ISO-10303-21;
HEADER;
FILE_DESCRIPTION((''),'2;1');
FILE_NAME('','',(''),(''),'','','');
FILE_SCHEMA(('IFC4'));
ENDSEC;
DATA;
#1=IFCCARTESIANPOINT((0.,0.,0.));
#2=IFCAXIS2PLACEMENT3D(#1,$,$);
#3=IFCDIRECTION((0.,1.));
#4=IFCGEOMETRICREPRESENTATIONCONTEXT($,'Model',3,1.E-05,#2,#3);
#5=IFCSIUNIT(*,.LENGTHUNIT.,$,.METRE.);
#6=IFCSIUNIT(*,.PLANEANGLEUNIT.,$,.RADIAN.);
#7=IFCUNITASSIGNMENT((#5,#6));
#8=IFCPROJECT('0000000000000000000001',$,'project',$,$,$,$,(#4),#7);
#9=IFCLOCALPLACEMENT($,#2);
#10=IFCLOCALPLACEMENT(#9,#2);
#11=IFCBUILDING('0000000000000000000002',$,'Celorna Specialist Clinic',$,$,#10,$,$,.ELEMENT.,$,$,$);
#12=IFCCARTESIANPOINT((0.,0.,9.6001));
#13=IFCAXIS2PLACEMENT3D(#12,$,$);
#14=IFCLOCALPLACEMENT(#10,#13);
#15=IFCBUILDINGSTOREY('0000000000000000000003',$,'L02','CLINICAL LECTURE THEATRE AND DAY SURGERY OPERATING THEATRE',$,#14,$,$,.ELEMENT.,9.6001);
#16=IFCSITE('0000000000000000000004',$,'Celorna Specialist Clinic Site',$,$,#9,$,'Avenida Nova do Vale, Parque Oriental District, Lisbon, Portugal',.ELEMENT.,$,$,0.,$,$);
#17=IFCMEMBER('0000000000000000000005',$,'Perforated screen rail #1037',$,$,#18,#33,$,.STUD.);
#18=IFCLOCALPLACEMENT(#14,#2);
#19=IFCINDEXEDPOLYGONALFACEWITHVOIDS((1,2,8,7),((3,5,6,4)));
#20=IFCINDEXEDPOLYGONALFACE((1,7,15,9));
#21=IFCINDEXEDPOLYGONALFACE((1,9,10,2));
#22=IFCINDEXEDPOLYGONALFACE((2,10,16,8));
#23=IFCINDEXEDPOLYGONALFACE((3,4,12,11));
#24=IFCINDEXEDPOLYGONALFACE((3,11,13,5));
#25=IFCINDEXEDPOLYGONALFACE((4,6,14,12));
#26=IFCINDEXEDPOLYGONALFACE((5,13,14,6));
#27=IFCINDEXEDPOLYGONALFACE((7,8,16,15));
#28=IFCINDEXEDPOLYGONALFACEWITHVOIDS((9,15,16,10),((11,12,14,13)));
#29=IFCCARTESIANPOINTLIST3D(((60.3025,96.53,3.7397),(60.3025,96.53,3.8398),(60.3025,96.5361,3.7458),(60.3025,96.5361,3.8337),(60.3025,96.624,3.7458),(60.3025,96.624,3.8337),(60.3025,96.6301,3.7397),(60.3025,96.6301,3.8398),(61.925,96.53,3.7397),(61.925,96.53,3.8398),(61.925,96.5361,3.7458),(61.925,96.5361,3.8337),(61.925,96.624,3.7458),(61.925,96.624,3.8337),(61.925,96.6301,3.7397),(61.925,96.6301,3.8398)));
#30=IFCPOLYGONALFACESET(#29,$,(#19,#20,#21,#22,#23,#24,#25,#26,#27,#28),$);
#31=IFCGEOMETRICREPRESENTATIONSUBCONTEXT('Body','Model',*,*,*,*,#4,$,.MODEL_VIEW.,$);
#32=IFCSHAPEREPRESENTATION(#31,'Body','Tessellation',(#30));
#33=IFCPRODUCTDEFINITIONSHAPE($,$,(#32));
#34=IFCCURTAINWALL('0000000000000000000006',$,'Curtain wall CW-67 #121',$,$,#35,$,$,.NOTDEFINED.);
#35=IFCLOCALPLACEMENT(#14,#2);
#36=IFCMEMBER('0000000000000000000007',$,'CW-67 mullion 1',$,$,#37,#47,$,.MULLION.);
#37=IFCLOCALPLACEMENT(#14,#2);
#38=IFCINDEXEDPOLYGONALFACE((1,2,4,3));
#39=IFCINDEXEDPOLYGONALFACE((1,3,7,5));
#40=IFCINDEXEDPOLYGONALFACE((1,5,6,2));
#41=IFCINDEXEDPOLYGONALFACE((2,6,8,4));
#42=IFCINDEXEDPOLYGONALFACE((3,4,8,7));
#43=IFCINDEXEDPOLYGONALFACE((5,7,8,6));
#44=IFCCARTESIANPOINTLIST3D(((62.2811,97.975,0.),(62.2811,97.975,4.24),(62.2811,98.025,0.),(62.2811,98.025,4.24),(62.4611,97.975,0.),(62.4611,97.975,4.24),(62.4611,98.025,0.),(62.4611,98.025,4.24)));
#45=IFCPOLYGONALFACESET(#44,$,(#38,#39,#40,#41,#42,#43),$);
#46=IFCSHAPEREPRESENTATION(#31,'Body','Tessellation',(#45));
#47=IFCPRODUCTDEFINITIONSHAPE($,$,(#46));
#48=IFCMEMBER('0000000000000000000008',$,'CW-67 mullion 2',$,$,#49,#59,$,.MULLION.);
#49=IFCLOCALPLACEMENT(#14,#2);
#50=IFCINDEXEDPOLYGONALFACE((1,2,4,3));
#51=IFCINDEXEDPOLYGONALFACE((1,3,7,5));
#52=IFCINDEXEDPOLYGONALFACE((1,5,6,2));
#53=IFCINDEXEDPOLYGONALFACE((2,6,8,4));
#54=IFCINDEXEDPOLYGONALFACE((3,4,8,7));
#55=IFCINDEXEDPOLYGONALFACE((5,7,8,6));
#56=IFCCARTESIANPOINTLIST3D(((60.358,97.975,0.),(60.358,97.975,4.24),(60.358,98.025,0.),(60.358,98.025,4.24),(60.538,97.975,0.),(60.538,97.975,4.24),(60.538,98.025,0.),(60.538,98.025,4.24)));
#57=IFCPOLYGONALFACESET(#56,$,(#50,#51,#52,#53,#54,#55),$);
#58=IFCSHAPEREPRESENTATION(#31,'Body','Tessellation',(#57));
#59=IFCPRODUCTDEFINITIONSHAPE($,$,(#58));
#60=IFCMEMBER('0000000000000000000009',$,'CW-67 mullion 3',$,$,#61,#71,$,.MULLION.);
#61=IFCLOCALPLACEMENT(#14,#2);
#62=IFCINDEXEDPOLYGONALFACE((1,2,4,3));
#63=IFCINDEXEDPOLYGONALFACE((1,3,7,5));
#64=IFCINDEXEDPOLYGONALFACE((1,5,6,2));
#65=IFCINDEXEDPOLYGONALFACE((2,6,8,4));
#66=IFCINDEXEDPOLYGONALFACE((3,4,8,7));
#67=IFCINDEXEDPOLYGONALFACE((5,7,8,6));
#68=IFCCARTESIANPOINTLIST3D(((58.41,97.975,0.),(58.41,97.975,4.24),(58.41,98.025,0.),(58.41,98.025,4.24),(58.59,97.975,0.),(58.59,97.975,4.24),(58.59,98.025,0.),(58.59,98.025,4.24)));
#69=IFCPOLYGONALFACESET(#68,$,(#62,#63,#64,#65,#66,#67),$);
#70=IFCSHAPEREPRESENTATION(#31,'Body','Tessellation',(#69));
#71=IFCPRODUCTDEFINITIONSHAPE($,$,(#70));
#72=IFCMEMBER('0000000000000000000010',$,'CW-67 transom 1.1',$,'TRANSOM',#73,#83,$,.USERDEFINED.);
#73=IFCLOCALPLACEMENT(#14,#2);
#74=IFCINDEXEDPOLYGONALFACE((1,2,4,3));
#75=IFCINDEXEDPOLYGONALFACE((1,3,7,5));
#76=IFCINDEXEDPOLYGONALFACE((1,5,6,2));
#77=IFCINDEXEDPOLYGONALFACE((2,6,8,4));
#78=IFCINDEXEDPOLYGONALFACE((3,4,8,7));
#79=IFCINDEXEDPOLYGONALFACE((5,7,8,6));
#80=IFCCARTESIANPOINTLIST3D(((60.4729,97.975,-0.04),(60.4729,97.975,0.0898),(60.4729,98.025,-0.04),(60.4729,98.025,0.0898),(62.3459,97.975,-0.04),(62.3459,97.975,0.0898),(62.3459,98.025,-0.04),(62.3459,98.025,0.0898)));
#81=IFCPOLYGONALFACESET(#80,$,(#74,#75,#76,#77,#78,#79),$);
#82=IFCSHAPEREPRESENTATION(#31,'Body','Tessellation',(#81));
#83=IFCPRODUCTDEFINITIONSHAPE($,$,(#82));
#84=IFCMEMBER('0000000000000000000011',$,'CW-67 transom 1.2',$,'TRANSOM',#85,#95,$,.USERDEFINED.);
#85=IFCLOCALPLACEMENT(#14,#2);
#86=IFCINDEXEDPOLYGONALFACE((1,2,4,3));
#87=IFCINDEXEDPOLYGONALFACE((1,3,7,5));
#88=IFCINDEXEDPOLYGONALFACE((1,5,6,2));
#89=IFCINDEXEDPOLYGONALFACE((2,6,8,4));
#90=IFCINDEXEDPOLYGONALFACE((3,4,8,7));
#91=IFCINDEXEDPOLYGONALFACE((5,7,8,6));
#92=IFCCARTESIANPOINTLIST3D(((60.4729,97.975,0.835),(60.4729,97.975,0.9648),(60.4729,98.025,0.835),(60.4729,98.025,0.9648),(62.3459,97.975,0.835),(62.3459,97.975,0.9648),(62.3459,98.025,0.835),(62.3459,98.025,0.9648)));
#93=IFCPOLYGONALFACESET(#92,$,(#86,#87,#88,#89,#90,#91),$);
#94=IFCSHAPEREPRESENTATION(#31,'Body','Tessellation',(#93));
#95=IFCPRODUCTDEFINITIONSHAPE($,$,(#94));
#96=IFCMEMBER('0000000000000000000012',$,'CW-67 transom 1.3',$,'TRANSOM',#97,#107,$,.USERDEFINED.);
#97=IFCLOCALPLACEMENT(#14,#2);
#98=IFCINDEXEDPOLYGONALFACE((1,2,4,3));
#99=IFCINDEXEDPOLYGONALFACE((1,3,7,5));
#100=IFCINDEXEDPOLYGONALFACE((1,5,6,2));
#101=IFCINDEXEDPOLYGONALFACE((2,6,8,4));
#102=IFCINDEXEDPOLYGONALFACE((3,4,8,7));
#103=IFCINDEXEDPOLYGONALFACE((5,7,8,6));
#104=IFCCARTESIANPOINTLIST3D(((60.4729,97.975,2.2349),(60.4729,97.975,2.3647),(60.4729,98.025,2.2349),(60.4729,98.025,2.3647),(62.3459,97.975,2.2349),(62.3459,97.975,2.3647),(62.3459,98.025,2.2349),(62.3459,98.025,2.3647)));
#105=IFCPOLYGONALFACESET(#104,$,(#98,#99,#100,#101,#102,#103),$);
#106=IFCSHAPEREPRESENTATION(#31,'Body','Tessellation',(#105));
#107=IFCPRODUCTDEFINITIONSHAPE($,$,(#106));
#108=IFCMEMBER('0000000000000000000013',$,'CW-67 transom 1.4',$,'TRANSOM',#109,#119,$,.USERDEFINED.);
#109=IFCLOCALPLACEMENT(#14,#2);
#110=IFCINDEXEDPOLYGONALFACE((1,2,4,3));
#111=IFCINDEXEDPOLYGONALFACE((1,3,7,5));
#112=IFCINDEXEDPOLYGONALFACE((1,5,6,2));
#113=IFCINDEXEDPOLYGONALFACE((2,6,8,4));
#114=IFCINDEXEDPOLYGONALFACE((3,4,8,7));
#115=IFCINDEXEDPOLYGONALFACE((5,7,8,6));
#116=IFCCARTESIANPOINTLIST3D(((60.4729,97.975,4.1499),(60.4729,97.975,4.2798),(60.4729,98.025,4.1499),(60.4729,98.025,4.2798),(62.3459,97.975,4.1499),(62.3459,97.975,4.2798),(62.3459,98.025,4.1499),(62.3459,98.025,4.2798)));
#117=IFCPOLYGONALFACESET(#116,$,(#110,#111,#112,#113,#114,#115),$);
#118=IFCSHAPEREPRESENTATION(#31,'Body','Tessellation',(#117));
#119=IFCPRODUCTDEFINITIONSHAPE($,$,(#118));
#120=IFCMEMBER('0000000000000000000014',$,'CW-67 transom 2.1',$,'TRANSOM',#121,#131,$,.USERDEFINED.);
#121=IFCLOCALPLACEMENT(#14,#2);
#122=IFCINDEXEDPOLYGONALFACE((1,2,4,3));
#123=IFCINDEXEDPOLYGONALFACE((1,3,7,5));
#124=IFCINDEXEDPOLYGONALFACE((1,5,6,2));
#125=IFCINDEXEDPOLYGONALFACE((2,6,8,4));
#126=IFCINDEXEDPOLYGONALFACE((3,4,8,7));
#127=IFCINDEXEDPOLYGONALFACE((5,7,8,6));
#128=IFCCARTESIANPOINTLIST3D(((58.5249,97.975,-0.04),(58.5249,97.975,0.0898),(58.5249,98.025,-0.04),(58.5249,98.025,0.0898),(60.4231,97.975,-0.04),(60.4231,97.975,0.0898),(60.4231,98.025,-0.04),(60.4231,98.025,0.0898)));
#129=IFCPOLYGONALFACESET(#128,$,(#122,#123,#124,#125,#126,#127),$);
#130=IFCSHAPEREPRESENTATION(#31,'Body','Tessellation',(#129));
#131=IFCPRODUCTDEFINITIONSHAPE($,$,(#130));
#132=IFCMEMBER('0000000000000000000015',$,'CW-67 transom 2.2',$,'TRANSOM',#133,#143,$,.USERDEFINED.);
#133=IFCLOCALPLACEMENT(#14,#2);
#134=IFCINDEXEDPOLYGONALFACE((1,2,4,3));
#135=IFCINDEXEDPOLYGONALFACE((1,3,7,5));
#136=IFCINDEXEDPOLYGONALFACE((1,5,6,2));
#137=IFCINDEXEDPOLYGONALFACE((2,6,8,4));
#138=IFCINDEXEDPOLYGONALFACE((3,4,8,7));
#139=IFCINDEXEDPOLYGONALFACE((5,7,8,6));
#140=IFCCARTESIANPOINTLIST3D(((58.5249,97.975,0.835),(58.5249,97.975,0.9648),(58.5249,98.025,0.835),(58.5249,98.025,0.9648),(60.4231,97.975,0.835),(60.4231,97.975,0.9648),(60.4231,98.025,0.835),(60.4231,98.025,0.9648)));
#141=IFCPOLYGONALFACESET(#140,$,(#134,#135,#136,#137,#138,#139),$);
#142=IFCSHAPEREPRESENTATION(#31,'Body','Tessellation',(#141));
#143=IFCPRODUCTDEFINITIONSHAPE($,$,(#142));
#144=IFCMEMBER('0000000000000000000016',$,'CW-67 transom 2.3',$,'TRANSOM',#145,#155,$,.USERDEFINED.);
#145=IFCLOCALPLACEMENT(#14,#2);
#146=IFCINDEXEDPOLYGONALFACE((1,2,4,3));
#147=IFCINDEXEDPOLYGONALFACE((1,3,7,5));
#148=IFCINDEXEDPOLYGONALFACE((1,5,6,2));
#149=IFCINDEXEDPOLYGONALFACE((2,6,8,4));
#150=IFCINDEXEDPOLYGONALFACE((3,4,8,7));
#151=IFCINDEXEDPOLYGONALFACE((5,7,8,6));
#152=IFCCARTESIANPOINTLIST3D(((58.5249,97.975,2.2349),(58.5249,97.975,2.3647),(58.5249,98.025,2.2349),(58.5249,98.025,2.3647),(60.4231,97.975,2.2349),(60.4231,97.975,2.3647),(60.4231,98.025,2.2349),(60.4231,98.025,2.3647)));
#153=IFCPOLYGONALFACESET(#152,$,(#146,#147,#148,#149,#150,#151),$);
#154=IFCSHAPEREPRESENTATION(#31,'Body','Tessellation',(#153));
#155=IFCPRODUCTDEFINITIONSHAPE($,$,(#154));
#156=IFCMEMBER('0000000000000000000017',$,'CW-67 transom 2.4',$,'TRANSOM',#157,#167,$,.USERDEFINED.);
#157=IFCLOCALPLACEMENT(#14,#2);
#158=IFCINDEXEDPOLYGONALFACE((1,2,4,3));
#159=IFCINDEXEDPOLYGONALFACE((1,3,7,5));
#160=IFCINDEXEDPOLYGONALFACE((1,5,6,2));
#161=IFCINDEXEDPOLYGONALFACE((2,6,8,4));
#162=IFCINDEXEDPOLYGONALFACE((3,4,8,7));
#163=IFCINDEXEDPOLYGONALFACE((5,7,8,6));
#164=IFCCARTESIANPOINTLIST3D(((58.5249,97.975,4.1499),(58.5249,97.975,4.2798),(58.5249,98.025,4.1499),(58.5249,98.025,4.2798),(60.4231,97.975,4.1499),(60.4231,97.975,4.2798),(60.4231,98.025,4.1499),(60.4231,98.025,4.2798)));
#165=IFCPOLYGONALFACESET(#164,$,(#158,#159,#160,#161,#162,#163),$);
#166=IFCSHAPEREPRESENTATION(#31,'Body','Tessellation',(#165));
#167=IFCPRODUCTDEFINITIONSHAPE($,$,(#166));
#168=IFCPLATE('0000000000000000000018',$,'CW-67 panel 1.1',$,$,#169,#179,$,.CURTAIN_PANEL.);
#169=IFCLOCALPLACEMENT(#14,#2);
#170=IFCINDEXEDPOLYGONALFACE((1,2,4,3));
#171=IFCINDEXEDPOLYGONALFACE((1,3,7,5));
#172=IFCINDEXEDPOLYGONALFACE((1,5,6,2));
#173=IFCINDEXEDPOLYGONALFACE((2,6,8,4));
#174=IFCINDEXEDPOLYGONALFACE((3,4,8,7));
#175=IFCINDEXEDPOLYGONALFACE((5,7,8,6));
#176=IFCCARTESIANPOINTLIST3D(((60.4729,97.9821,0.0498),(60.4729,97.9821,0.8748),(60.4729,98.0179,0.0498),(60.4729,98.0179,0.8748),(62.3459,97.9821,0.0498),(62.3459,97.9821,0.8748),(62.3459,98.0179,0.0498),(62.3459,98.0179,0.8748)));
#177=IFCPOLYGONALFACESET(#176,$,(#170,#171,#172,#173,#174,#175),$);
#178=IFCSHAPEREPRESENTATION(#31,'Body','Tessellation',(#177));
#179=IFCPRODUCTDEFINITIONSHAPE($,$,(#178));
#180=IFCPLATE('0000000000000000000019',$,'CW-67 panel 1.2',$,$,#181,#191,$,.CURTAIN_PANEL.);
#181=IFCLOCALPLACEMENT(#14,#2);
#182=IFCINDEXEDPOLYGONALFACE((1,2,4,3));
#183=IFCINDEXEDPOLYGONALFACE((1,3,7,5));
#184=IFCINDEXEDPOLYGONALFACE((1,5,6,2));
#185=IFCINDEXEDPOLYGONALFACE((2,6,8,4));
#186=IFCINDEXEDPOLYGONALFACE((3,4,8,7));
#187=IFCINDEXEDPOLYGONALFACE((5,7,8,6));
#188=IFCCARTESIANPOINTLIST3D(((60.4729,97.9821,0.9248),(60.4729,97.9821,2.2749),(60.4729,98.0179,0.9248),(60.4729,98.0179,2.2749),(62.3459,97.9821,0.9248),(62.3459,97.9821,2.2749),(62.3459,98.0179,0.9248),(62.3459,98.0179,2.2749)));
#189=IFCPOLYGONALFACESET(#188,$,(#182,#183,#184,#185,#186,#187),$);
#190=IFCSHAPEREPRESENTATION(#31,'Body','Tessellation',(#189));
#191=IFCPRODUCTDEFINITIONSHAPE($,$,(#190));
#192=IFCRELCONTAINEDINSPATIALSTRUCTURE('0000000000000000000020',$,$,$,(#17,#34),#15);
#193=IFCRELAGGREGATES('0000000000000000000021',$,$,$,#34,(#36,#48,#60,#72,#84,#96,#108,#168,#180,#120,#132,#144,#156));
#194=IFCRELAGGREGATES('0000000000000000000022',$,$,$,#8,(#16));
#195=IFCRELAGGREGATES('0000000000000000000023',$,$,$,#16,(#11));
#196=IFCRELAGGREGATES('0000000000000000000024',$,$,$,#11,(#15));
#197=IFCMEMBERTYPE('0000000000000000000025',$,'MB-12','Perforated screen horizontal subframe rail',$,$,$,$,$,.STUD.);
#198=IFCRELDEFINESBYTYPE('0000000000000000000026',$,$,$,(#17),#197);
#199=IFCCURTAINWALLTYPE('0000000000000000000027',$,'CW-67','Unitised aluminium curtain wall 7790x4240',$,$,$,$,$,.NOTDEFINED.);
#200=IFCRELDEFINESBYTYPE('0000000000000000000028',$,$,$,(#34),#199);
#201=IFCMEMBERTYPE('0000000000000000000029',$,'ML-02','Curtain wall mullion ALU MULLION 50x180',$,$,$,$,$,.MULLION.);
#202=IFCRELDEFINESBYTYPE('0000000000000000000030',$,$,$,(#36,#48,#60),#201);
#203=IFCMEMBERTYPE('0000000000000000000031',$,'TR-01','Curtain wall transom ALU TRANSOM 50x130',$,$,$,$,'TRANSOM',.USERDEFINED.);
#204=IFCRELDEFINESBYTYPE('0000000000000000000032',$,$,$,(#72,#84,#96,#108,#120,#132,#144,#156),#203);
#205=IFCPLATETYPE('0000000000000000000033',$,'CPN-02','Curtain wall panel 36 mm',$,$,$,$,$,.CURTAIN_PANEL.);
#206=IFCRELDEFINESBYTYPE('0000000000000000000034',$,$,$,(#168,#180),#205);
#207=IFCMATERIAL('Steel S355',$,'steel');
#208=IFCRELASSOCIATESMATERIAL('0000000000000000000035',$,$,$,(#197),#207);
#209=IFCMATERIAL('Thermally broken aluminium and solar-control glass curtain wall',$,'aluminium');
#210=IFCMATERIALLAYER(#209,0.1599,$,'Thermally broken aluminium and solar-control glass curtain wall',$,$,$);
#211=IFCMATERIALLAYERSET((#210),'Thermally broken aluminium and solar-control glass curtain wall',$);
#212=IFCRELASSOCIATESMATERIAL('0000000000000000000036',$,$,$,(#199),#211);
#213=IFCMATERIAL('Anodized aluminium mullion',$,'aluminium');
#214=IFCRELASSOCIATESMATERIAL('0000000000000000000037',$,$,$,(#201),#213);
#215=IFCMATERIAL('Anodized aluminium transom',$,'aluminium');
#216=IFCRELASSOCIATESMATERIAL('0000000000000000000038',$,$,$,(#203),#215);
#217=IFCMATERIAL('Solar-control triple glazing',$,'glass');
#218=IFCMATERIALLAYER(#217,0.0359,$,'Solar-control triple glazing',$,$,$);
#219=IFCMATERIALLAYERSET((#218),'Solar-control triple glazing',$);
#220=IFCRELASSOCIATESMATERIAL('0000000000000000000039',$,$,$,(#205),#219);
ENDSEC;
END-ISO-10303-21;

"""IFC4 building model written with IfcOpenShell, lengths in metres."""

from ifc_helpers import new_model, si_unit, direction, frame, origin, origin_2d, place, context, subcontext, project, spatial, rectangle, hollow_rectangle, extrude, material, layer, layer_set, material_profile, profile_set, type_object, element, aggregate, save


model = new_model("IFC4")

# Units and contexts
model_context = context("Model", 3, precision=1e-05, world=origin(), true_north=direction((0.0, 1.0)))
body_context = subcontext(model_context, "Body", "Model", "MODEL_VIEW")
ifc_project = project(units=[si_unit("LENGTHUNIT", "METRE"), si_unit("PLANEANGLEUNIT", "RADIAN")], contexts=[model_context])

# Site, building, storey
site_placement = place(None, origin())
site = spatial("IfcSite", under=ifc_project, at=site_placement, Name="Celorna Specialist Clinic Site", LongName="Avenida Nova do Vale, Parque Oriental District, Lisbon, Portugal", CompositionType="ELEMENT", RefElevation=0.0)
building_placement = place(site_placement, origin())
building = spatial("IfcBuilding", under=site, at=building_placement, Name="Celorna Specialist Clinic", CompositionType="ELEMENT")
storey_placement = place(building_placement, frame((0.0, 0.0, 9.6001)))
storey = spatial("IfcBuildingStorey", under=building, at=storey_placement, Name="L02", Description="CLINICAL LECTURE THEATRE AND DAY SURGERY OPERATING THEATRE", CompositionType="ELEMENT", Elevation=9.6001)

# Shared definitions
ifc_material_1 = material(Name="Steel S355", Category="steel")

# Member
ifc_material_profile_1 = material_profile(ifc_material_1, hollow_rectangle(XDim=0.1001, YDim=0.1001, WallThickness=0.0061, at=origin_2d()), Name="SHS 100x100x6")
ifc_profile_set_1 = profile_set([ifc_material_profile_1], Name="Steel S355")
member_type_1 = type_object("IfcMemberType", Name="MB-12", Description="Perforated screen horizontal subframe rail", PredefinedType="STUD", material=ifc_profile_set_1)
for number, where, z_axis, x_axis, name in (
    (1, (60.3025, 96.5801, 3.7898), (1.0, 0.0, 0.0), (0.0, 1.0, 0.0), "Perforated screen rail #1037"),
):
    element("IfcMember", number, at=place(storey_placement, frame(where, z_axis=z_axis, x_axis=x_axis)), inside=storey, type_object=member_type_1, Name=name, PredefinedType="STUD", context=body_context, shape_type="SweptSolid", body=[
        extrude(hollow_rectangle(XDim=0.1001, YDim=0.1001, WallThickness=0.0061, at=origin_2d()), origin(), (0.0, 0.0, 1.0), 1.6226),
    ])

# Curtain wall, members, plates
ifc_material_2 = material(Name="Thermally broken aluminium and solar-control glass curtain wall", Category="aluminium")
ifc_layer_1 = layer(ifc_material_2, 0.1599, Name="Thermally broken aluminium and solar-control glass curtain wall")
ifc_layer_set_1 = layer_set([ifc_layer_1], Name="Thermally broken aluminium and solar-control glass curtain wall")
curtain_wall_type = type_object("IfcCurtainWallType", Name="CW-67", Description="Unitised aluminium curtain wall 7790x4240", PredefinedType="NOTDEFINED", material=ifc_layer_set_1)
curtain_wall_placement = place(storey_placement, origin())
curtain_wall = element("IfcCurtainWall", 2, at=curtain_wall_placement, inside=storey, type_object=curtain_wall_type, Name="Curtain wall CW-67 #121", PredefinedType="NOTDEFINED")
ifc_material_3 = material(Name="Anodized aluminium mullion", Category="aluminium")
ifc_material_profile_2 = material_profile(ifc_material_3, rectangle(XDim=0.05, YDim=0.1799, at=origin_2d()), Name="ALU MULLION 50x180")
ifc_profile_set_2 = profile_set([ifc_material_profile_2], Name="Anodized aluminium mullion")
member_type_2 = type_object("IfcMemberType", Name="ML-02", Description="Curtain wall mullion ALU MULLION 50x180", PredefinedType="MULLION", material=ifc_profile_set_2)
member_1_placement = place(storey_placement, frame((62.3711, 98.0, 0.0), z_axis=(0.0, 0.0, 1.0), x_axis=(0.0, -1.0, 0.0)))
member_1 = element("IfcMember", 3, at=member_1_placement, type_object=member_type_2, Name="CW-67 mullion 1", PredefinedType="MULLION", context=body_context, shape_type="SweptSolid", body=[
    extrude(rectangle(XDim=0.05, YDim=0.1799, at=origin_2d()), origin(), (0.0, 0.0, 1.0), 4.24),
])
member_2_placement = place(storey_placement, frame((60.448, 98.0, 0.0), z_axis=(0.0, 0.0, 1.0), x_axis=(0.0, -1.0, 0.0)))
member_2 = element("IfcMember", 4, at=member_2_placement, type_object=member_type_2, Name="CW-67 mullion 2", PredefinedType="MULLION", context=body_context, shape_type="SweptSolid", body=[
    extrude(rectangle(XDim=0.05, YDim=0.1799, at=origin_2d()), origin(), (0.0, 0.0, 1.0), 4.24),
])
member_3_placement = place(storey_placement, frame((58.5, 98.0, 0.0), z_axis=(0.0, 0.0, 1.0), x_axis=(0.0, -1.0, 0.0)))
member_3 = element("IfcMember", 5, at=member_3_placement, type_object=member_type_2, Name="CW-67 mullion 3", PredefinedType="MULLION", context=body_context, shape_type="SweptSolid", body=[
    extrude(rectangle(XDim=0.05, YDim=0.1799, at=origin_2d()), origin(), (0.0, 0.0, 1.0), 4.24),
])
ifc_material_4 = material(Name="Anodized aluminium transom", Category="aluminium")
ifc_material_profile_3 = material_profile(ifc_material_4, rectangle(XDim=0.05, YDim=0.1299, at=origin_2d()), Name="ALU TRANSOM 50x130")
ifc_profile_set_3 = profile_set([ifc_material_profile_3], Name="Anodized aluminium transom")
member_type_3 = type_object("IfcMemberType", Name="TR-01", Description="Curtain wall transom ALU TRANSOM 50x130", ElementType="TRANSOM", PredefinedType="USERDEFINED", material=ifc_profile_set_3)
member_4_placement = place(storey_placement, frame((62.3459, 98.0, 0.0249), z_axis=(-1.0, 0.0, 0.0), x_axis=(0.0, -1.0, 0.0)))
member_4 = element("IfcMember", 6, at=member_4_placement, type_object=member_type_3, Name="CW-67 transom 1.1", ObjectType="TRANSOM", PredefinedType="USERDEFINED", context=body_context, shape_type="SweptSolid", body=[
    extrude(rectangle(XDim=0.05, YDim=0.1299, at=origin_2d()), origin(), (0.0, 0.0, 1.0), 1.873),
])
member_5_placement = place(storey_placement, frame((62.3459, 98.0, 0.8999), z_axis=(-1.0, 0.0, 0.0), x_axis=(0.0, -1.0, 0.0)))
member_5 = element("IfcMember", 7, at=member_5_placement, type_object=member_type_3, Name="CW-67 transom 1.2", ObjectType="TRANSOM", PredefinedType="USERDEFINED", context=body_context, shape_type="SweptSolid", body=[
    extrude(rectangle(XDim=0.05, YDim=0.1299, at=origin_2d()), origin(), (0.0, 0.0, 1.0), 1.873),
])
member_6_placement = place(storey_placement, frame((62.3459, 98.0, 2.2998), z_axis=(-1.0, 0.0, 0.0), x_axis=(0.0, -1.0, 0.0)))
member_6 = element("IfcMember", 8, at=member_6_placement, type_object=member_type_3, Name="CW-67 transom 1.3", ObjectType="TRANSOM", PredefinedType="USERDEFINED", context=body_context, shape_type="SweptSolid", body=[
    extrude(rectangle(XDim=0.05, YDim=0.1299, at=origin_2d()), origin(), (0.0, 0.0, 1.0), 1.873),
])
member_7_placement = place(storey_placement, frame((62.3459, 98.0, 4.2148), z_axis=(-1.0, 0.0, 0.0), x_axis=(0.0, -1.0, 0.0)))
member_7 = element("IfcMember", 9, at=member_7_placement, type_object=member_type_3, Name="CW-67 transom 1.4", ObjectType="TRANSOM", PredefinedType="USERDEFINED", context=body_context, shape_type="SweptSolid", body=[
    extrude(rectangle(XDim=0.05, YDim=0.1299, at=origin_2d()), origin(), (0.0, 0.0, 1.0), 1.873),
])
member_8_placement = place(storey_placement, frame((60.4231, 98.0, 0.0249), z_axis=(-1.0, 0.0, 0.0), x_axis=(0.0, -1.0, 0.0)))
member_8 = element("IfcMember", 10, at=member_8_placement, type_object=member_type_3, Name="CW-67 transom 2.1", ObjectType="TRANSOM", PredefinedType="USERDEFINED", context=body_context, shape_type="SweptSolid", body=[
    extrude(rectangle(XDim=0.05, YDim=0.1299, at=origin_2d()), origin(), (0.0, 0.0, 1.0), 1.8982),
])
member_9_placement = place(storey_placement, frame((60.4231, 98.0, 0.8999), z_axis=(-1.0, 0.0, 0.0), x_axis=(0.0, -1.0, 0.0)))
member_9 = element("IfcMember", 11, at=member_9_placement, type_object=member_type_3, Name="CW-67 transom 2.2", ObjectType="TRANSOM", PredefinedType="USERDEFINED", context=body_context, shape_type="SweptSolid", body=[
    extrude(rectangle(XDim=0.05, YDim=0.1299, at=origin_2d()), origin(), (0.0, 0.0, 1.0), 1.8982),
])
member_10_placement = place(storey_placement, frame((60.4231, 98.0, 2.2998), z_axis=(-1.0, 0.0, 0.0), x_axis=(0.0, -1.0, 0.0)))
member_10 = element("IfcMember", 12, at=member_10_placement, type_object=member_type_3, Name="CW-67 transom 2.3", ObjectType="TRANSOM", PredefinedType="USERDEFINED", context=body_context, shape_type="SweptSolid", body=[
    extrude(rectangle(XDim=0.05, YDim=0.1299, at=origin_2d()), origin(), (0.0, 0.0, 1.0), 1.8982),
])
member_11_placement = place(storey_placement, frame((60.4231, 98.0, 4.2148), z_axis=(-1.0, 0.0, 0.0), x_axis=(0.0, -1.0, 0.0)))
member_11 = element("IfcMember", 13, at=member_11_placement, type_object=member_type_3, Name="CW-67 transom 2.4", ObjectType="TRANSOM", PredefinedType="USERDEFINED", context=body_context, shape_type="SweptSolid", body=[
    extrude(rectangle(XDim=0.05, YDim=0.1299, at=origin_2d()), origin(), (0.0, 0.0, 1.0), 1.8982),
])
ifc_material_5 = material(Name="Solar-control triple glazing", Category="glass")
ifc_layer_2 = layer(ifc_material_5, 0.0359, Name="Solar-control triple glazing")
ifc_layer_set_2 = layer_set([ifc_layer_2], Name="Solar-control triple glazing")
plate_type_1 = type_object("IfcPlateType", Name="CPN-02", Description="Curtain wall panel 36 mm", PredefinedType="CURTAIN_PANEL", material=ifc_layer_set_2)
plate_1_placement = place(storey_placement, frame((61.4094, 98.0, 0.0498), z_axis=(0.0, 0.0, 1.0), x_axis=(-1.0, 0.0, 0.0)))
plate_1 = element("IfcPlate", 14, at=plate_1_placement, type_object=plate_type_1, Name="CW-67 panel 1.1", PredefinedType="CURTAIN_PANEL", context=body_context, shape_type="SweptSolid", body=[
    extrude(rectangle(XDim=1.873, YDim=0.0359, at=origin_2d()), origin(), (0.0, 0.0, 1.0), 0.825),
])
plate_2_placement = place(storey_placement, frame((61.4094, 98.0, 0.9248), z_axis=(0.0, 0.0, 1.0), x_axis=(-1.0, 0.0, 0.0)))
plate_2 = element("IfcPlate", 15, at=plate_2_placement, type_object=plate_type_1, Name="CW-67 panel 1.2", PredefinedType="CURTAIN_PANEL", context=body_context, shape_type="SweptSolid", body=[
    extrude(rectangle(XDim=1.873, YDim=0.0359, at=origin_2d()), origin(), (0.0, 0.0, 1.0), 1.3501),
])
aggregate(curtain_wall, [member_1, member_2, member_3, member_4, member_5, member_6, member_7, plate_1, plate_2, member_8, member_9, member_10, member_11])

save(model, "model.ifc")
